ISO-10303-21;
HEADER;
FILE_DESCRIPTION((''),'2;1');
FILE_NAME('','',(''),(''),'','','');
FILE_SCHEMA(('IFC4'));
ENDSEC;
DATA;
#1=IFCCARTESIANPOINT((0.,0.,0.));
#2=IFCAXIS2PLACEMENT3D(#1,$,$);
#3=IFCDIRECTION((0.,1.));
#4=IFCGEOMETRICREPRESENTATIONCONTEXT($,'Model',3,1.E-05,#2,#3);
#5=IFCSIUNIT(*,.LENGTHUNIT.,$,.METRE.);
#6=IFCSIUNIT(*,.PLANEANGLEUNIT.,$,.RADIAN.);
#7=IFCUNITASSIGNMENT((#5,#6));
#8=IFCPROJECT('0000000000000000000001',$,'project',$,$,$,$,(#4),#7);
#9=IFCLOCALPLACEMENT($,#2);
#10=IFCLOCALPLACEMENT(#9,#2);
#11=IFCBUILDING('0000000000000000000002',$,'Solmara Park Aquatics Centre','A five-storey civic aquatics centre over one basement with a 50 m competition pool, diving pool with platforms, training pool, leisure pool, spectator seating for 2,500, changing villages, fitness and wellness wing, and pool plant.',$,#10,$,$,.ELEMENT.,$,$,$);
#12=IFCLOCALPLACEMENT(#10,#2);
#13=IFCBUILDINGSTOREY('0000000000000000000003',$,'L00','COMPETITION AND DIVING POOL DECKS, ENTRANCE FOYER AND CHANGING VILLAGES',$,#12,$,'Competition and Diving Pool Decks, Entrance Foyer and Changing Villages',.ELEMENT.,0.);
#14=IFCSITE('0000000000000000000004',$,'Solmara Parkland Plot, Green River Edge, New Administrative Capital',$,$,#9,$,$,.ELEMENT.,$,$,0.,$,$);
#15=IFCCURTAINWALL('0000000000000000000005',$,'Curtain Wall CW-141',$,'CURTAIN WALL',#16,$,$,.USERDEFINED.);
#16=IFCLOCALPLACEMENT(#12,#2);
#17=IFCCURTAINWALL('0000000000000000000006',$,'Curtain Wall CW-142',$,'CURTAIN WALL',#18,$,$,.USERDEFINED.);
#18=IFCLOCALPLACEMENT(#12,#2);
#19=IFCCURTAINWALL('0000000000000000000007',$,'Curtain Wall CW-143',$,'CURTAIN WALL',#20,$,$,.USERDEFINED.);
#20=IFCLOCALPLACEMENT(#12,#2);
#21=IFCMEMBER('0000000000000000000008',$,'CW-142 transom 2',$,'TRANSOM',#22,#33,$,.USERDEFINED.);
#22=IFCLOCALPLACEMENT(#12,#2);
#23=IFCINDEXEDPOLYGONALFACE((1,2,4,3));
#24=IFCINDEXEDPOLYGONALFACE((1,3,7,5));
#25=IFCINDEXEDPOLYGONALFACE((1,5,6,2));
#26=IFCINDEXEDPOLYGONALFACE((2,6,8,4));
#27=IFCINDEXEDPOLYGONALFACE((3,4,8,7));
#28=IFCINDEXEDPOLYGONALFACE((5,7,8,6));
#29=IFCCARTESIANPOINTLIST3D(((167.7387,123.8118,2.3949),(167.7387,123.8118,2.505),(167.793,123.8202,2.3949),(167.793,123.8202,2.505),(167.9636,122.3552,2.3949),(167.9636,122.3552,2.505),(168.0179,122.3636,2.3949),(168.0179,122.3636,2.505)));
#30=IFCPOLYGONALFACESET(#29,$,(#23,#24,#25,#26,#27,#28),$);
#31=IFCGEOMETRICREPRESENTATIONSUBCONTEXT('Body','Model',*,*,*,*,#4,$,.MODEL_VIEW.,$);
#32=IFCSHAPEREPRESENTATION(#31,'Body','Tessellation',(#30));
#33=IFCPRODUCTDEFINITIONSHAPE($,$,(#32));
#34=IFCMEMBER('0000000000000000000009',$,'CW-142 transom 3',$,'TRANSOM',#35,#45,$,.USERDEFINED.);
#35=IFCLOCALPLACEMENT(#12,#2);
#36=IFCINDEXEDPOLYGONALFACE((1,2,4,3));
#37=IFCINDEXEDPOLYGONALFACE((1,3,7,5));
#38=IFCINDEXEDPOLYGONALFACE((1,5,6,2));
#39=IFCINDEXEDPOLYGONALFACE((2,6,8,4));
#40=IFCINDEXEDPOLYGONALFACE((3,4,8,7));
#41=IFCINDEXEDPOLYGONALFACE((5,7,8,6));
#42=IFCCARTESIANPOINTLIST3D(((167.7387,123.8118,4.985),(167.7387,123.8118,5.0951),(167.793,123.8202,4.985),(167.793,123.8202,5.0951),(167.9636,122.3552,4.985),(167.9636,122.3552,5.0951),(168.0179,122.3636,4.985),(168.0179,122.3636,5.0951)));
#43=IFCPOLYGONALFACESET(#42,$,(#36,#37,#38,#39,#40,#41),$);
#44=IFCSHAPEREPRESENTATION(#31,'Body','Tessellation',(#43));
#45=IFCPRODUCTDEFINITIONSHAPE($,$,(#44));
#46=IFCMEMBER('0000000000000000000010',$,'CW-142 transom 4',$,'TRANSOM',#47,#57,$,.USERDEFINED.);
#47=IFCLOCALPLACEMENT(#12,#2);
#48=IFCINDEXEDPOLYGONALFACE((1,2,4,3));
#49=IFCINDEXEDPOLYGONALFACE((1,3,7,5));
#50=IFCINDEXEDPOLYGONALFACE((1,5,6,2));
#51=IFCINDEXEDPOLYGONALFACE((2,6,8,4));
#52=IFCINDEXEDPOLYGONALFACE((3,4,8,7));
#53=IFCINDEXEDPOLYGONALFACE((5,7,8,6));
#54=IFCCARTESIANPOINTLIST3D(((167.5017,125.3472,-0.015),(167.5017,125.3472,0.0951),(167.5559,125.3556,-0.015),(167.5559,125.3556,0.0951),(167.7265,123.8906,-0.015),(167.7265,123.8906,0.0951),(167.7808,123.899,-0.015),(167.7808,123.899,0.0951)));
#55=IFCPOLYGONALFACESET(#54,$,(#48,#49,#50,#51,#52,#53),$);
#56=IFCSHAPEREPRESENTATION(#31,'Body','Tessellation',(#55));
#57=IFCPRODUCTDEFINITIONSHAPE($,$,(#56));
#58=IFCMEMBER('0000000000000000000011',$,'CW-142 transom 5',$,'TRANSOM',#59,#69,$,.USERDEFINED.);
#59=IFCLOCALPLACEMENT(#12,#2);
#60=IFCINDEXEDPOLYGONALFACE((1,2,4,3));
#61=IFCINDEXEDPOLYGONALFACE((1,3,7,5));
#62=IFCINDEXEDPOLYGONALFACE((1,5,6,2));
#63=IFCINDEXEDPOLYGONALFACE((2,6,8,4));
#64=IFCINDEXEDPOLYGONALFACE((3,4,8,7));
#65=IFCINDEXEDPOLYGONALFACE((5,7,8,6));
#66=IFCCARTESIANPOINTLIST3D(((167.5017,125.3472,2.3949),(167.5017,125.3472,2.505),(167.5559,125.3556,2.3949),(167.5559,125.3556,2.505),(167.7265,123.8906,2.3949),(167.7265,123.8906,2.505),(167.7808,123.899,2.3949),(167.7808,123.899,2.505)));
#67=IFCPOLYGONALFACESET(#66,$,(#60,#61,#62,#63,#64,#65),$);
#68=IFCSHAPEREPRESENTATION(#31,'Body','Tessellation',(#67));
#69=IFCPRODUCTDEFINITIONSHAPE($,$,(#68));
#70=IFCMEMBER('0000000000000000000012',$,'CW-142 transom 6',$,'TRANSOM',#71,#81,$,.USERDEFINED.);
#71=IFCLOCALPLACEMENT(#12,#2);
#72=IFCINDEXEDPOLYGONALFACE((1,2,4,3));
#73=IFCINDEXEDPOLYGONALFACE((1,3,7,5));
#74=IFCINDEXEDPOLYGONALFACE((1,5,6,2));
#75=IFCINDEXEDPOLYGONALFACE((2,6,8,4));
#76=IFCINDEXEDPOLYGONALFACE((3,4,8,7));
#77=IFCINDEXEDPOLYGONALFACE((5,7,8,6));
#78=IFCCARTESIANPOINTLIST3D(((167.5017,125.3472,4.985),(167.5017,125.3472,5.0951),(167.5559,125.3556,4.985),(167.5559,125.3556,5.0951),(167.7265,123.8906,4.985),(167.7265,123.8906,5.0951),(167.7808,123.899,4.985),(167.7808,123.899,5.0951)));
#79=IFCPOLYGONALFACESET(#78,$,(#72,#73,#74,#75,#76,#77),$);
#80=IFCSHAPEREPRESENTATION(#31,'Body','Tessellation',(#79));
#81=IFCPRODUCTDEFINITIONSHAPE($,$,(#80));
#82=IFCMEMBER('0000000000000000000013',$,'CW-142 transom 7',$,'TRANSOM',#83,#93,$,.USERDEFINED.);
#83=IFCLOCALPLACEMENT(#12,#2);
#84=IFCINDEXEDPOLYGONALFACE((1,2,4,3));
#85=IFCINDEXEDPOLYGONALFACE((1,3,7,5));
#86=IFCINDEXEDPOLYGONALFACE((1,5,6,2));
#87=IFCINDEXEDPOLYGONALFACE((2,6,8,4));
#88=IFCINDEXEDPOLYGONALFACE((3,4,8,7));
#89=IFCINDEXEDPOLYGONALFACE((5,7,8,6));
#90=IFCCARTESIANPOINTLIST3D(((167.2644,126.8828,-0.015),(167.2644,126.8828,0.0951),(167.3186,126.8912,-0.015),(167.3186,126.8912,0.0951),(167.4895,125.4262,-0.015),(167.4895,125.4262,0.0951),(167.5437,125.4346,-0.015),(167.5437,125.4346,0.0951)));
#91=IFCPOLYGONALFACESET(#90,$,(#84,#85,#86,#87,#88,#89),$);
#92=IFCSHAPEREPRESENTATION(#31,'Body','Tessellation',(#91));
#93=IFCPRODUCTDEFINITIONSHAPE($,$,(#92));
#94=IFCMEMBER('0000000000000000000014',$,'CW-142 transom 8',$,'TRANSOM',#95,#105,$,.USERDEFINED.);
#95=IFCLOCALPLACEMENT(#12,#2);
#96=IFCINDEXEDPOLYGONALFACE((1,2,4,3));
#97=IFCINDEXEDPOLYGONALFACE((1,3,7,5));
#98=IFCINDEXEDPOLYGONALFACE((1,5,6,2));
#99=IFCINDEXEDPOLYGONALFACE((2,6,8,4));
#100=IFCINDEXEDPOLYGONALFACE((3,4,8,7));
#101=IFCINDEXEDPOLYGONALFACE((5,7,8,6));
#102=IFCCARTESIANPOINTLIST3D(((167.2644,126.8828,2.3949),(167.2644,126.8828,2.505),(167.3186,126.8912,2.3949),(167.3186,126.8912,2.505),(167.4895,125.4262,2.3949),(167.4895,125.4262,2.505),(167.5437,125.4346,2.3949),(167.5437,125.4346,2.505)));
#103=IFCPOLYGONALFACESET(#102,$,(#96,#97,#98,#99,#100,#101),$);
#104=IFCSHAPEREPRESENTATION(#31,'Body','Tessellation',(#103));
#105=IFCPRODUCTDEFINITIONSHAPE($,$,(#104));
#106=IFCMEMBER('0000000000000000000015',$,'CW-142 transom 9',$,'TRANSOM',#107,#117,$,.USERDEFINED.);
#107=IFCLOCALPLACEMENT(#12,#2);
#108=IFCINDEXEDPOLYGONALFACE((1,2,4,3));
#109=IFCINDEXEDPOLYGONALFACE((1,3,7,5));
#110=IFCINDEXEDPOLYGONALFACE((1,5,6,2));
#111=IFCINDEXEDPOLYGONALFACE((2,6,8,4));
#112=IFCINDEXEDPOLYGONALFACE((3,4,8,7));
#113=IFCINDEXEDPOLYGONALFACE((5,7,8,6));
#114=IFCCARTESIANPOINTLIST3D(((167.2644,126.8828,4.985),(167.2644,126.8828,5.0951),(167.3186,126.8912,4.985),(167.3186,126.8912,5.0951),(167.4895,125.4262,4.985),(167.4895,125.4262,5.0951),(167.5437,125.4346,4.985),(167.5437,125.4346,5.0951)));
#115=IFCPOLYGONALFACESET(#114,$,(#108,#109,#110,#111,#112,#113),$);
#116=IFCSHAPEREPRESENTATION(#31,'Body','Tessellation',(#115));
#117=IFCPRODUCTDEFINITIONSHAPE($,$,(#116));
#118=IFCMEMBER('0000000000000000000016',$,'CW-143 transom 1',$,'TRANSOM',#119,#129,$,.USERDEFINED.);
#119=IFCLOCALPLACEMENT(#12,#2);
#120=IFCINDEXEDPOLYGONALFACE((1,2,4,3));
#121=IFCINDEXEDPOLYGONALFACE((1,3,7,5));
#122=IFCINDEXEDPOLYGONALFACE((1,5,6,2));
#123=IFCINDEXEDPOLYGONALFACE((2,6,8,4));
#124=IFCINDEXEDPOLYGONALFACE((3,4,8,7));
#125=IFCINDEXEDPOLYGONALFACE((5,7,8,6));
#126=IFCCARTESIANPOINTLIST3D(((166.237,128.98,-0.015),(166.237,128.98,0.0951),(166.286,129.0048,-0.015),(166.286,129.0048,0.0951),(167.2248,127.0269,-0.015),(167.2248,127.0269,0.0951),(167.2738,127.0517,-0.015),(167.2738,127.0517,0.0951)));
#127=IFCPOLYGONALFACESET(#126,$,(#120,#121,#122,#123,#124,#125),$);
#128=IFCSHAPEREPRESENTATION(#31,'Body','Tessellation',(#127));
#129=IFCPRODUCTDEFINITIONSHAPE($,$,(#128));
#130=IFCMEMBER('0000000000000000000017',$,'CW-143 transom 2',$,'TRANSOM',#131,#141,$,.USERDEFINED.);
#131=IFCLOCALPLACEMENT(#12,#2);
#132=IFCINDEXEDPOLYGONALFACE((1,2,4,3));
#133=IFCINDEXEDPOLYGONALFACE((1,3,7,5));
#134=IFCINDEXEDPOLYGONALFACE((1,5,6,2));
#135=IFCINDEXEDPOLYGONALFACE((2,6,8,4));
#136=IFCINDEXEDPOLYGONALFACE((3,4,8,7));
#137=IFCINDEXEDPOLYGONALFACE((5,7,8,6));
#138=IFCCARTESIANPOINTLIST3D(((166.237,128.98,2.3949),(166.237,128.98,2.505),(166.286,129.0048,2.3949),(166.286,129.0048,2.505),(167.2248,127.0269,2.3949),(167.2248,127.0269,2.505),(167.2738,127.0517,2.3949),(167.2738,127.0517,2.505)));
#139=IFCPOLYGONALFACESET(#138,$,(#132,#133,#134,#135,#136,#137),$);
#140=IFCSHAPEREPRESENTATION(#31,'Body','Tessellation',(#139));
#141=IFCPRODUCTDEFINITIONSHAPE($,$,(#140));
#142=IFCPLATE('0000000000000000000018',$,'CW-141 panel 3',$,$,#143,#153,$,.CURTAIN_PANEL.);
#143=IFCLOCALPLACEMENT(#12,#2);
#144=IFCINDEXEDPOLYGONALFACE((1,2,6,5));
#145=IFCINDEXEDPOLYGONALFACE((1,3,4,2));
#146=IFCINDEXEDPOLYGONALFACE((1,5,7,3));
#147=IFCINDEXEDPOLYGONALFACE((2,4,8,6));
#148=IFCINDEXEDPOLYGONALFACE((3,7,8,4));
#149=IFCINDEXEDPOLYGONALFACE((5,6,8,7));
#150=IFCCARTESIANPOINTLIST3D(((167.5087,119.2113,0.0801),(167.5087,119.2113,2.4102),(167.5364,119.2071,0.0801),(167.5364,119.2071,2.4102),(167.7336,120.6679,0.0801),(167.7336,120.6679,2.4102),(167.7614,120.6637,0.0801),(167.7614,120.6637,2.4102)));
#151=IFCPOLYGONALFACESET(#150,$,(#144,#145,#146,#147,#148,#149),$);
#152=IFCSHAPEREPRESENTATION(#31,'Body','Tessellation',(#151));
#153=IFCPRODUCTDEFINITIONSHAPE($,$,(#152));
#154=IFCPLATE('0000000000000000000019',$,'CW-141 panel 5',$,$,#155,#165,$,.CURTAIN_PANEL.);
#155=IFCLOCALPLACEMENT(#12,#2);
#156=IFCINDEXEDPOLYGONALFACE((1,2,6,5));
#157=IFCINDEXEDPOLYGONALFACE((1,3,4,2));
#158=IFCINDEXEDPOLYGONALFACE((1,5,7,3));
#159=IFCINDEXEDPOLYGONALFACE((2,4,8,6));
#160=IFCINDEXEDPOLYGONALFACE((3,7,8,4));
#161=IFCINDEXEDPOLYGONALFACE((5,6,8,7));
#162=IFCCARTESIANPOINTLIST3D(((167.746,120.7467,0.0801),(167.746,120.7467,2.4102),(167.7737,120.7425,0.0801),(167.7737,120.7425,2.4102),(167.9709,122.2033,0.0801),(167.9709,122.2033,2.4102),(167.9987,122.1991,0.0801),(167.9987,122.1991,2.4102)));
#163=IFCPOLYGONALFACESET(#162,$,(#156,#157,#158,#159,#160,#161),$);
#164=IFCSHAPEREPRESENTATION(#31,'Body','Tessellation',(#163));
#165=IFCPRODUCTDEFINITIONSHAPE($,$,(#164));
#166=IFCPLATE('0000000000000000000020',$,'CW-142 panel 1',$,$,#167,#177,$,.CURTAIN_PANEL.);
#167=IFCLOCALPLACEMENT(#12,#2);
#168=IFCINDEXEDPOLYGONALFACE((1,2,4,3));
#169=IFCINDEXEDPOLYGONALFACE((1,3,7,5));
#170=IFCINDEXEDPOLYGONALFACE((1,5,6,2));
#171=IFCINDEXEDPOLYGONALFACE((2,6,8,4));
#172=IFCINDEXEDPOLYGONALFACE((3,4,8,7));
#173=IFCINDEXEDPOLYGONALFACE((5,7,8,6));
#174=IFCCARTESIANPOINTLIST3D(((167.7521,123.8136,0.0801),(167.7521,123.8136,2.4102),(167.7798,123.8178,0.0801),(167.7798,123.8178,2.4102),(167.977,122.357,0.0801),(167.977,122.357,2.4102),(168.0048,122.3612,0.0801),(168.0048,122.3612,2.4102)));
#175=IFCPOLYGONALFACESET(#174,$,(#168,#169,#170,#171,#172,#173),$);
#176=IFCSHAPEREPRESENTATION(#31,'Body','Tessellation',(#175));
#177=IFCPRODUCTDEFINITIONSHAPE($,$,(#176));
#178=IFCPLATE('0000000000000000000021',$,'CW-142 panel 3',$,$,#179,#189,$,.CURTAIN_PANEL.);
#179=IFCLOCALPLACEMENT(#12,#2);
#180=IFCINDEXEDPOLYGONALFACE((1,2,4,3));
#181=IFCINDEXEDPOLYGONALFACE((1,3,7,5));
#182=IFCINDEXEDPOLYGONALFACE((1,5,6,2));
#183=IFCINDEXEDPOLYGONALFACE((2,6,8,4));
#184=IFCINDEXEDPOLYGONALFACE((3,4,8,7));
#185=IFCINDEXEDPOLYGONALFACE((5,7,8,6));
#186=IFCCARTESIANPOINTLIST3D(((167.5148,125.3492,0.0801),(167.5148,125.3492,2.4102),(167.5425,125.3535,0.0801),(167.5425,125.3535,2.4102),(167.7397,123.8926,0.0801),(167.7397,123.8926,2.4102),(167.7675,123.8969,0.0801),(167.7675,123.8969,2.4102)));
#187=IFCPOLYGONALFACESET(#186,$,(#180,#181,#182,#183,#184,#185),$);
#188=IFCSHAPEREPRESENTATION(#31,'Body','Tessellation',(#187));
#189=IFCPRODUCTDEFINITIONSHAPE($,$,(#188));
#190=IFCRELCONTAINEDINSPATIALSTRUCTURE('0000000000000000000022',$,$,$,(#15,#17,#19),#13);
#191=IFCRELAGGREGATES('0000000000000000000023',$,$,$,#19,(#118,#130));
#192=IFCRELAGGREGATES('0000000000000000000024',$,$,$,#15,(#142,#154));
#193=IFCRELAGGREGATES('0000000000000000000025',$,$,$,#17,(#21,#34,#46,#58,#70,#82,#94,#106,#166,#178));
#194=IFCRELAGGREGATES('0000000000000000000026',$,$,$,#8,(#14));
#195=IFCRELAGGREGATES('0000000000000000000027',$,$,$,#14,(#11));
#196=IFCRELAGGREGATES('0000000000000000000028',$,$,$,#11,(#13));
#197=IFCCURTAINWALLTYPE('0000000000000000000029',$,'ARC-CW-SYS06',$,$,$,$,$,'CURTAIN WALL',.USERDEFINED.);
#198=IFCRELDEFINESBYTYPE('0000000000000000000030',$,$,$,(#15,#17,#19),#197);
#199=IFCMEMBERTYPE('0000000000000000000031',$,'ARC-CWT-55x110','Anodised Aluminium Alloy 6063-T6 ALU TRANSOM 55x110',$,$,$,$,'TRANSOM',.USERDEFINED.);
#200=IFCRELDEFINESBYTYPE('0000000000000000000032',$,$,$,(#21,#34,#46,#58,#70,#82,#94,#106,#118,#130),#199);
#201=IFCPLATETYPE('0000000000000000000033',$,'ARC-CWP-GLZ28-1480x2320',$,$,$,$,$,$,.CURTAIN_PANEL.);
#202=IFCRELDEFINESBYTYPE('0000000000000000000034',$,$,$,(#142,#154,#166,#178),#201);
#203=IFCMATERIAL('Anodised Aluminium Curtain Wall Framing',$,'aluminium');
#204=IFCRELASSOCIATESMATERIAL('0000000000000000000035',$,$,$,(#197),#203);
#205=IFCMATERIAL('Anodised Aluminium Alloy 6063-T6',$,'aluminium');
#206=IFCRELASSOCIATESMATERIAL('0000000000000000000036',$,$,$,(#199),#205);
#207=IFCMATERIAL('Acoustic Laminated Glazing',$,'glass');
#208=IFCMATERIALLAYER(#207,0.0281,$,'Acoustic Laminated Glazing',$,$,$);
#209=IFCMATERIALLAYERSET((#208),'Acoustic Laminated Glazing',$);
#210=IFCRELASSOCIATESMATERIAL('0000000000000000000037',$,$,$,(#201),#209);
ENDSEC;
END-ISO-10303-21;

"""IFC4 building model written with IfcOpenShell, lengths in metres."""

from ifc_helpers import new_model, si_unit, direction, frame, origin, origin_2d, place, context, subcontext, project, spatial, rectangle, extrude, material, layer, layer_set, material_profile, profile_set, type_object, element, aggregate, save


model = new_model("IFC4")

# Units and contexts
model_context = context("Model", 3, precision=1e-05, world=origin(), true_north=direction((0.0, 1.0)))
body_context = subcontext(model_context, "Body", "Model", "MODEL_VIEW")
ifc_project = project(units=[si_unit("LENGTHUNIT", "METRE"), si_unit("PLANEANGLEUNIT", "RADIAN")], contexts=[model_context])

# Site, building, storey
site_placement = place(None, origin())
site = spatial("IfcSite", under=ifc_project, at=site_placement, Name="Solmara Parkland Plot, Green River Edge, New Administrative Capital", CompositionType="ELEMENT", RefElevation=0.0)
building_placement = place(site_placement, origin())
building = spatial("IfcBuilding", under=site, at=building_placement, Name="Solmara Park Aquatics Centre", Description="A five-storey civic aquatics centre over one basement with a 50 m competition pool, diving pool with platforms, training pool, leisure pool, spectator seating for 2,500, changing villages, fitness and wellness wing, and pool plant.", CompositionType="ELEMENT")
storey_placement = place(building_placement, origin())
storey = spatial("IfcBuildingStorey", under=building, at=storey_placement, Name="L00", Description="COMPETITION AND DIVING POOL DECKS, ENTRANCE FOYER AND CHANGING VILLAGES", LongName="Competition and Diving Pool Decks, Entrance Foyer and Changing Villages", CompositionType="ELEMENT", Elevation=0.0)

# Curtain walls
ifc_material_1 = material(Name="Anodised Aluminium Curtain Wall Framing", Category="aluminium")
curtain_wall_type = type_object("IfcCurtainWallType", Name="ARC-CW-SYS06", ElementType="CURTAIN WALL", PredefinedType="USERDEFINED", material=ifc_material_1)
curtain_wall_1_placement = place(storey_placement, origin())
curtain_wall_1 = element("IfcCurtainWall", 1, at=curtain_wall_1_placement, inside=storey, type_object=curtain_wall_type, Name="Curtain Wall CW-141", ObjectType="CURTAIN WALL", PredefinedType="USERDEFINED")
ifc_material_2 = material(Name="Anodised Aluminium Alloy 6063-T6", Category="aluminium")
curtain_wall_2_placement = place(storey_placement, origin())
curtain_wall_2 = element("IfcCurtainWall", 2, at=curtain_wall_2_placement, inside=storey, type_object=curtain_wall_type, Name="Curtain Wall CW-142", ObjectType="CURTAIN WALL", PredefinedType="USERDEFINED")

# Curtain wall
curtain_wall_3_placement = place(storey_placement, origin())
curtain_wall_3 = element("IfcCurtainWall", 3, at=curtain_wall_3_placement, inside=storey, type_object=curtain_wall_type, Name="Curtain Wall CW-143", ObjectType="CURTAIN WALL", PredefinedType="USERDEFINED")

# Members
ifc_material_profile_1 = material_profile(ifc_material_2, rectangle(XDim=0.0549, YDim=0.1101, at=origin_2d()), Name="ALU TRANSOM 55x110")
ifc_profile_set_1 = profile_set([ifc_material_profile_1], Name="Anodised Aluminium Alloy 6063-T6")
member_type_1 = type_object("IfcMemberType", Name="ARC-CWT-55x110", Description="Anodised Aluminium Alloy 6063-T6 ALU TRANSOM 55x110", ElementType="TRANSOM", PredefinedType="USERDEFINED", material=ifc_profile_set_1)
member_1_placement = place(storey_placement, frame((167.9907, 122.3594, 2.45), z_axis=(-0.152568, 0.988293, 0.0), x_axis=(-0.988293, -0.152568, 0.0)))
member_1 = element("IfcMember", 4, at=member_1_placement, type_object=member_type_1, Name="CW-142 transom 2", ObjectType="TRANSOM", PredefinedType="USERDEFINED", context=body_context, shape_type="SweptSolid", body=[
    extrude(rectangle(XDim=0.0549, YDim=0.1101, at=origin_2d()), origin(), (0.0, 0.0, 1.0), 1.4739),
])
member_2_placement = place(storey_placement, frame((167.9907, 122.3594, 5.04), z_axis=(-0.152568, 0.988293, 0.0), x_axis=(-0.988293, -0.152568, 0.0)))
member_2 = element("IfcMember", 5, at=member_2_placement, type_object=member_type_1, Name="CW-142 transom 3", ObjectType="TRANSOM", PredefinedType="USERDEFINED", context=body_context, shape_type="SweptSolid", body=[
    extrude(rectangle(XDim=0.0549, YDim=0.1101, at=origin_2d()), origin(), (0.0, 0.0, 1.0), 1.4739),
])
member_3_placement = place(storey_placement, frame((167.7537, 123.8948, 0.04), z_axis=(-0.152568, 0.988293, 0.0), x_axis=(-0.988293, -0.152568, 0.0)))
member_3 = element("IfcMember", 6, at=member_3_placement, type_object=member_type_1, Name="CW-142 transom 4", ObjectType="TRANSOM", PredefinedType="USERDEFINED", context=body_context, shape_type="SweptSolid", body=[
    extrude(rectangle(XDim=0.0549, YDim=0.1101, at=origin_2d()), origin(), (0.0, 0.0, 1.0), 1.4739),
])
member_4_placement = place(storey_placement, frame((167.7537, 123.8948, 2.45), z_axis=(-0.152568, 0.988293, 0.0), x_axis=(-0.988293, -0.152568, 0.0)))
member_4 = element("IfcMember", 7, at=member_4_placement, type_object=member_type_1, Name="CW-142 transom 5", ObjectType="TRANSOM", PredefinedType="USERDEFINED", context=body_context, shape_type="SweptSolid", body=[
    extrude(rectangle(XDim=0.0549, YDim=0.1101, at=origin_2d()), origin(), (0.0, 0.0, 1.0), 1.4739),
])
member_5_placement = place(storey_placement, frame((167.7537, 123.8948, 5.04), z_axis=(-0.152568, 0.988293, 0.0), x_axis=(-0.988293, -0.152568, 0.0)))
member_5 = element("IfcMember", 8, at=member_5_placement, type_object=member_type_1, Name="CW-142 transom 6", ObjectType="TRANSOM", PredefinedType="USERDEFINED", context=body_context, shape_type="SweptSolid", body=[
    extrude(rectangle(XDim=0.0549, YDim=0.1101, at=origin_2d()), origin(), (0.0, 0.0, 1.0), 1.4739),
])
member_6_placement = place(storey_placement, frame((167.5166, 125.4304, 0.04), z_axis=(-0.152729, 0.988268, 0.0), x_axis=(-0.988268, -0.152729, 0.0)))
member_6 = element("IfcMember", 9, at=member_6_placement, type_object=member_type_1, Name="CW-142 transom 7", ObjectType="TRANSOM", PredefinedType="USERDEFINED", context=body_context, shape_type="SweptSolid", body=[
    extrude(rectangle(XDim=0.0549, YDim=0.1101, at=origin_2d()), origin(), (0.0, 0.0, 1.0), 1.4739),
])
member_7_placement = place(storey_placement, frame((167.5166, 125.4304, 2.45), z_axis=(-0.152729, 0.988268, 0.0), x_axis=(-0.988268, -0.152729, 0.0)))
member_7 = element("IfcMember", 10, at=member_7_placement, type_object=member_type_1, Name="CW-142 transom 8", ObjectType="TRANSOM", PredefinedType="USERDEFINED", context=body_context, shape_type="SweptSolid", body=[
    extrude(rectangle(XDim=0.0549, YDim=0.1101, at=origin_2d()), origin(), (0.0, 0.0, 1.0), 1.4739),
])
member_8_placement = place(storey_placement, frame((167.5166, 125.4304, 5.04), z_axis=(-0.152729, 0.988268, 0.0), x_axis=(-0.988268, -0.152729, 0.0)))
member_8 = element("IfcMember", 11, at=member_8_placement, type_object=member_type_1, Name="CW-142 transom 9", ObjectType="TRANSOM", PredefinedType="USERDEFINED", context=body_context, shape_type="SweptSolid", body=[
    extrude(rectangle(XDim=0.0549, YDim=0.1101, at=origin_2d()), origin(), (0.0, 0.0, 1.0), 1.4739),
])
member_9_placement = place(storey_placement, frame((167.2493, 127.0393, 0.04), z_axis=(-0.451314, 0.892365, 0.0), x_axis=(-0.892365, -0.451314, 0.0)))
member_9 = element("IfcMember", 12, at=member_9_placement, type_object=member_type_1, Name="CW-143 transom 1", ObjectType="TRANSOM", PredefinedType="USERDEFINED", context=body_context, shape_type="SweptSolid", body=[
    extrude(rectangle(XDim=0.0549, YDim=0.1101, at=origin_2d()), origin(), (0.0, 0.0, 1.0), 2.1887),
])
member_10_placement = place(storey_placement, frame((167.2493, 127.0393, 2.45), z_axis=(-0.451314, 0.892365, 0.0), x_axis=(-0.892365, -0.451314, 0.0)))
member_10 = element("IfcMember", 13, at=member_10_placement, type_object=member_type_1, Name="CW-143 transom 2", ObjectType="TRANSOM", PredefinedType="USERDEFINED", context=body_context, shape_type="SweptSolid", body=[
    extrude(rectangle(XDim=0.0549, YDim=0.1101, at=origin_2d()), origin(), (0.0, 0.0, 1.0), 2.1887),
])
aggregate(curtain_wall_3, [member_9, member_10])

# Plates
ifc_material_3 = material(Name="Acoustic Laminated Glazing", Category="glass")
ifc_layer_1 = layer(ifc_material_3, 0.0281, Name="Acoustic Laminated Glazing")
ifc_layer_set_1 = layer_set([ifc_layer_1], Name="Acoustic Laminated Glazing")
plate_type_1 = type_object("IfcPlateType", Name="ARC-CWP-GLZ28-1480x2320", PredefinedType="CURTAIN_PANEL", material=ifc_layer_set_1)
plate_1_placement = place(storey_placement, frame((167.635, 119.9375, 0.0801), z_axis=(0.0, 0.0, 1.0), x_axis=(0.152639, 0.988282, 0.0)))
plate_1 = element("IfcPlate", 14, at=plate_1_placement, type_object=plate_type_1, Name="CW-141 panel 3", PredefinedType="CURTAIN_PANEL", context=body_context, shape_type="SweptSolid", body=[
    extrude(rectangle(XDim=1.4739, YDim=0.0281, at=origin_2d()), origin(), (0.0, 0.0, 1.0), 2.3301),
])
plate_2_placement = place(storey_placement, frame((167.8723, 121.4729, 0.0801), z_axis=(0.0, 0.0, 1.0), x_axis=(0.152639, 0.988282, 0.0)))
plate_2 = element("IfcPlate", 15, at=plate_2_placement, type_object=plate_type_1, Name="CW-141 panel 5", PredefinedType="CURTAIN_PANEL", context=body_context, shape_type="SweptSolid", body=[
    extrude(rectangle(XDim=1.4739, YDim=0.0281, at=origin_2d()), origin(), (0.0, 0.0, 1.0), 2.3301),
])
plate_3_placement = place(storey_placement, frame((167.8784, 123.0874, 0.0801), z_axis=(0.0, 0.0, 1.0), x_axis=(-0.152639, 0.988282, 0.0)))
plate_3 = element("IfcPlate", 16, at=plate_3_placement, type_object=plate_type_1, Name="CW-142 panel 1", PredefinedType="CURTAIN_PANEL", context=body_context, shape_type="SweptSolid", body=[
    extrude(rectangle(XDim=1.4739, YDim=0.0281, at=origin_2d()), origin(), (0.0, 0.0, 1.0), 2.3301),
])
plate_4_placement = place(storey_placement, frame((167.6411, 124.623, 0.0801), z_axis=(0.0, 0.0, 1.0), x_axis=(-0.152639, 0.988282, 0.0)))
plate_4 = element("IfcPlate", 17, at=plate_4_placement, type_object=plate_type_1, Name="CW-142 panel 3", PredefinedType="CURTAIN_PANEL", context=body_context, shape_type="SweptSolid", body=[
    extrude(rectangle(XDim=1.4739, YDim=0.0281, at=origin_2d()), origin(), (0.0, 0.0, 1.0), 2.3301),
])
aggregate(curtain_wall_1, [plate_1, plate_2])
aggregate(curtain_wall_2, [member_1, member_2, member_3, member_4, member_5, member_6, member_7, member_8, plate_3, plate_4])

save(model, "model.ifc")
